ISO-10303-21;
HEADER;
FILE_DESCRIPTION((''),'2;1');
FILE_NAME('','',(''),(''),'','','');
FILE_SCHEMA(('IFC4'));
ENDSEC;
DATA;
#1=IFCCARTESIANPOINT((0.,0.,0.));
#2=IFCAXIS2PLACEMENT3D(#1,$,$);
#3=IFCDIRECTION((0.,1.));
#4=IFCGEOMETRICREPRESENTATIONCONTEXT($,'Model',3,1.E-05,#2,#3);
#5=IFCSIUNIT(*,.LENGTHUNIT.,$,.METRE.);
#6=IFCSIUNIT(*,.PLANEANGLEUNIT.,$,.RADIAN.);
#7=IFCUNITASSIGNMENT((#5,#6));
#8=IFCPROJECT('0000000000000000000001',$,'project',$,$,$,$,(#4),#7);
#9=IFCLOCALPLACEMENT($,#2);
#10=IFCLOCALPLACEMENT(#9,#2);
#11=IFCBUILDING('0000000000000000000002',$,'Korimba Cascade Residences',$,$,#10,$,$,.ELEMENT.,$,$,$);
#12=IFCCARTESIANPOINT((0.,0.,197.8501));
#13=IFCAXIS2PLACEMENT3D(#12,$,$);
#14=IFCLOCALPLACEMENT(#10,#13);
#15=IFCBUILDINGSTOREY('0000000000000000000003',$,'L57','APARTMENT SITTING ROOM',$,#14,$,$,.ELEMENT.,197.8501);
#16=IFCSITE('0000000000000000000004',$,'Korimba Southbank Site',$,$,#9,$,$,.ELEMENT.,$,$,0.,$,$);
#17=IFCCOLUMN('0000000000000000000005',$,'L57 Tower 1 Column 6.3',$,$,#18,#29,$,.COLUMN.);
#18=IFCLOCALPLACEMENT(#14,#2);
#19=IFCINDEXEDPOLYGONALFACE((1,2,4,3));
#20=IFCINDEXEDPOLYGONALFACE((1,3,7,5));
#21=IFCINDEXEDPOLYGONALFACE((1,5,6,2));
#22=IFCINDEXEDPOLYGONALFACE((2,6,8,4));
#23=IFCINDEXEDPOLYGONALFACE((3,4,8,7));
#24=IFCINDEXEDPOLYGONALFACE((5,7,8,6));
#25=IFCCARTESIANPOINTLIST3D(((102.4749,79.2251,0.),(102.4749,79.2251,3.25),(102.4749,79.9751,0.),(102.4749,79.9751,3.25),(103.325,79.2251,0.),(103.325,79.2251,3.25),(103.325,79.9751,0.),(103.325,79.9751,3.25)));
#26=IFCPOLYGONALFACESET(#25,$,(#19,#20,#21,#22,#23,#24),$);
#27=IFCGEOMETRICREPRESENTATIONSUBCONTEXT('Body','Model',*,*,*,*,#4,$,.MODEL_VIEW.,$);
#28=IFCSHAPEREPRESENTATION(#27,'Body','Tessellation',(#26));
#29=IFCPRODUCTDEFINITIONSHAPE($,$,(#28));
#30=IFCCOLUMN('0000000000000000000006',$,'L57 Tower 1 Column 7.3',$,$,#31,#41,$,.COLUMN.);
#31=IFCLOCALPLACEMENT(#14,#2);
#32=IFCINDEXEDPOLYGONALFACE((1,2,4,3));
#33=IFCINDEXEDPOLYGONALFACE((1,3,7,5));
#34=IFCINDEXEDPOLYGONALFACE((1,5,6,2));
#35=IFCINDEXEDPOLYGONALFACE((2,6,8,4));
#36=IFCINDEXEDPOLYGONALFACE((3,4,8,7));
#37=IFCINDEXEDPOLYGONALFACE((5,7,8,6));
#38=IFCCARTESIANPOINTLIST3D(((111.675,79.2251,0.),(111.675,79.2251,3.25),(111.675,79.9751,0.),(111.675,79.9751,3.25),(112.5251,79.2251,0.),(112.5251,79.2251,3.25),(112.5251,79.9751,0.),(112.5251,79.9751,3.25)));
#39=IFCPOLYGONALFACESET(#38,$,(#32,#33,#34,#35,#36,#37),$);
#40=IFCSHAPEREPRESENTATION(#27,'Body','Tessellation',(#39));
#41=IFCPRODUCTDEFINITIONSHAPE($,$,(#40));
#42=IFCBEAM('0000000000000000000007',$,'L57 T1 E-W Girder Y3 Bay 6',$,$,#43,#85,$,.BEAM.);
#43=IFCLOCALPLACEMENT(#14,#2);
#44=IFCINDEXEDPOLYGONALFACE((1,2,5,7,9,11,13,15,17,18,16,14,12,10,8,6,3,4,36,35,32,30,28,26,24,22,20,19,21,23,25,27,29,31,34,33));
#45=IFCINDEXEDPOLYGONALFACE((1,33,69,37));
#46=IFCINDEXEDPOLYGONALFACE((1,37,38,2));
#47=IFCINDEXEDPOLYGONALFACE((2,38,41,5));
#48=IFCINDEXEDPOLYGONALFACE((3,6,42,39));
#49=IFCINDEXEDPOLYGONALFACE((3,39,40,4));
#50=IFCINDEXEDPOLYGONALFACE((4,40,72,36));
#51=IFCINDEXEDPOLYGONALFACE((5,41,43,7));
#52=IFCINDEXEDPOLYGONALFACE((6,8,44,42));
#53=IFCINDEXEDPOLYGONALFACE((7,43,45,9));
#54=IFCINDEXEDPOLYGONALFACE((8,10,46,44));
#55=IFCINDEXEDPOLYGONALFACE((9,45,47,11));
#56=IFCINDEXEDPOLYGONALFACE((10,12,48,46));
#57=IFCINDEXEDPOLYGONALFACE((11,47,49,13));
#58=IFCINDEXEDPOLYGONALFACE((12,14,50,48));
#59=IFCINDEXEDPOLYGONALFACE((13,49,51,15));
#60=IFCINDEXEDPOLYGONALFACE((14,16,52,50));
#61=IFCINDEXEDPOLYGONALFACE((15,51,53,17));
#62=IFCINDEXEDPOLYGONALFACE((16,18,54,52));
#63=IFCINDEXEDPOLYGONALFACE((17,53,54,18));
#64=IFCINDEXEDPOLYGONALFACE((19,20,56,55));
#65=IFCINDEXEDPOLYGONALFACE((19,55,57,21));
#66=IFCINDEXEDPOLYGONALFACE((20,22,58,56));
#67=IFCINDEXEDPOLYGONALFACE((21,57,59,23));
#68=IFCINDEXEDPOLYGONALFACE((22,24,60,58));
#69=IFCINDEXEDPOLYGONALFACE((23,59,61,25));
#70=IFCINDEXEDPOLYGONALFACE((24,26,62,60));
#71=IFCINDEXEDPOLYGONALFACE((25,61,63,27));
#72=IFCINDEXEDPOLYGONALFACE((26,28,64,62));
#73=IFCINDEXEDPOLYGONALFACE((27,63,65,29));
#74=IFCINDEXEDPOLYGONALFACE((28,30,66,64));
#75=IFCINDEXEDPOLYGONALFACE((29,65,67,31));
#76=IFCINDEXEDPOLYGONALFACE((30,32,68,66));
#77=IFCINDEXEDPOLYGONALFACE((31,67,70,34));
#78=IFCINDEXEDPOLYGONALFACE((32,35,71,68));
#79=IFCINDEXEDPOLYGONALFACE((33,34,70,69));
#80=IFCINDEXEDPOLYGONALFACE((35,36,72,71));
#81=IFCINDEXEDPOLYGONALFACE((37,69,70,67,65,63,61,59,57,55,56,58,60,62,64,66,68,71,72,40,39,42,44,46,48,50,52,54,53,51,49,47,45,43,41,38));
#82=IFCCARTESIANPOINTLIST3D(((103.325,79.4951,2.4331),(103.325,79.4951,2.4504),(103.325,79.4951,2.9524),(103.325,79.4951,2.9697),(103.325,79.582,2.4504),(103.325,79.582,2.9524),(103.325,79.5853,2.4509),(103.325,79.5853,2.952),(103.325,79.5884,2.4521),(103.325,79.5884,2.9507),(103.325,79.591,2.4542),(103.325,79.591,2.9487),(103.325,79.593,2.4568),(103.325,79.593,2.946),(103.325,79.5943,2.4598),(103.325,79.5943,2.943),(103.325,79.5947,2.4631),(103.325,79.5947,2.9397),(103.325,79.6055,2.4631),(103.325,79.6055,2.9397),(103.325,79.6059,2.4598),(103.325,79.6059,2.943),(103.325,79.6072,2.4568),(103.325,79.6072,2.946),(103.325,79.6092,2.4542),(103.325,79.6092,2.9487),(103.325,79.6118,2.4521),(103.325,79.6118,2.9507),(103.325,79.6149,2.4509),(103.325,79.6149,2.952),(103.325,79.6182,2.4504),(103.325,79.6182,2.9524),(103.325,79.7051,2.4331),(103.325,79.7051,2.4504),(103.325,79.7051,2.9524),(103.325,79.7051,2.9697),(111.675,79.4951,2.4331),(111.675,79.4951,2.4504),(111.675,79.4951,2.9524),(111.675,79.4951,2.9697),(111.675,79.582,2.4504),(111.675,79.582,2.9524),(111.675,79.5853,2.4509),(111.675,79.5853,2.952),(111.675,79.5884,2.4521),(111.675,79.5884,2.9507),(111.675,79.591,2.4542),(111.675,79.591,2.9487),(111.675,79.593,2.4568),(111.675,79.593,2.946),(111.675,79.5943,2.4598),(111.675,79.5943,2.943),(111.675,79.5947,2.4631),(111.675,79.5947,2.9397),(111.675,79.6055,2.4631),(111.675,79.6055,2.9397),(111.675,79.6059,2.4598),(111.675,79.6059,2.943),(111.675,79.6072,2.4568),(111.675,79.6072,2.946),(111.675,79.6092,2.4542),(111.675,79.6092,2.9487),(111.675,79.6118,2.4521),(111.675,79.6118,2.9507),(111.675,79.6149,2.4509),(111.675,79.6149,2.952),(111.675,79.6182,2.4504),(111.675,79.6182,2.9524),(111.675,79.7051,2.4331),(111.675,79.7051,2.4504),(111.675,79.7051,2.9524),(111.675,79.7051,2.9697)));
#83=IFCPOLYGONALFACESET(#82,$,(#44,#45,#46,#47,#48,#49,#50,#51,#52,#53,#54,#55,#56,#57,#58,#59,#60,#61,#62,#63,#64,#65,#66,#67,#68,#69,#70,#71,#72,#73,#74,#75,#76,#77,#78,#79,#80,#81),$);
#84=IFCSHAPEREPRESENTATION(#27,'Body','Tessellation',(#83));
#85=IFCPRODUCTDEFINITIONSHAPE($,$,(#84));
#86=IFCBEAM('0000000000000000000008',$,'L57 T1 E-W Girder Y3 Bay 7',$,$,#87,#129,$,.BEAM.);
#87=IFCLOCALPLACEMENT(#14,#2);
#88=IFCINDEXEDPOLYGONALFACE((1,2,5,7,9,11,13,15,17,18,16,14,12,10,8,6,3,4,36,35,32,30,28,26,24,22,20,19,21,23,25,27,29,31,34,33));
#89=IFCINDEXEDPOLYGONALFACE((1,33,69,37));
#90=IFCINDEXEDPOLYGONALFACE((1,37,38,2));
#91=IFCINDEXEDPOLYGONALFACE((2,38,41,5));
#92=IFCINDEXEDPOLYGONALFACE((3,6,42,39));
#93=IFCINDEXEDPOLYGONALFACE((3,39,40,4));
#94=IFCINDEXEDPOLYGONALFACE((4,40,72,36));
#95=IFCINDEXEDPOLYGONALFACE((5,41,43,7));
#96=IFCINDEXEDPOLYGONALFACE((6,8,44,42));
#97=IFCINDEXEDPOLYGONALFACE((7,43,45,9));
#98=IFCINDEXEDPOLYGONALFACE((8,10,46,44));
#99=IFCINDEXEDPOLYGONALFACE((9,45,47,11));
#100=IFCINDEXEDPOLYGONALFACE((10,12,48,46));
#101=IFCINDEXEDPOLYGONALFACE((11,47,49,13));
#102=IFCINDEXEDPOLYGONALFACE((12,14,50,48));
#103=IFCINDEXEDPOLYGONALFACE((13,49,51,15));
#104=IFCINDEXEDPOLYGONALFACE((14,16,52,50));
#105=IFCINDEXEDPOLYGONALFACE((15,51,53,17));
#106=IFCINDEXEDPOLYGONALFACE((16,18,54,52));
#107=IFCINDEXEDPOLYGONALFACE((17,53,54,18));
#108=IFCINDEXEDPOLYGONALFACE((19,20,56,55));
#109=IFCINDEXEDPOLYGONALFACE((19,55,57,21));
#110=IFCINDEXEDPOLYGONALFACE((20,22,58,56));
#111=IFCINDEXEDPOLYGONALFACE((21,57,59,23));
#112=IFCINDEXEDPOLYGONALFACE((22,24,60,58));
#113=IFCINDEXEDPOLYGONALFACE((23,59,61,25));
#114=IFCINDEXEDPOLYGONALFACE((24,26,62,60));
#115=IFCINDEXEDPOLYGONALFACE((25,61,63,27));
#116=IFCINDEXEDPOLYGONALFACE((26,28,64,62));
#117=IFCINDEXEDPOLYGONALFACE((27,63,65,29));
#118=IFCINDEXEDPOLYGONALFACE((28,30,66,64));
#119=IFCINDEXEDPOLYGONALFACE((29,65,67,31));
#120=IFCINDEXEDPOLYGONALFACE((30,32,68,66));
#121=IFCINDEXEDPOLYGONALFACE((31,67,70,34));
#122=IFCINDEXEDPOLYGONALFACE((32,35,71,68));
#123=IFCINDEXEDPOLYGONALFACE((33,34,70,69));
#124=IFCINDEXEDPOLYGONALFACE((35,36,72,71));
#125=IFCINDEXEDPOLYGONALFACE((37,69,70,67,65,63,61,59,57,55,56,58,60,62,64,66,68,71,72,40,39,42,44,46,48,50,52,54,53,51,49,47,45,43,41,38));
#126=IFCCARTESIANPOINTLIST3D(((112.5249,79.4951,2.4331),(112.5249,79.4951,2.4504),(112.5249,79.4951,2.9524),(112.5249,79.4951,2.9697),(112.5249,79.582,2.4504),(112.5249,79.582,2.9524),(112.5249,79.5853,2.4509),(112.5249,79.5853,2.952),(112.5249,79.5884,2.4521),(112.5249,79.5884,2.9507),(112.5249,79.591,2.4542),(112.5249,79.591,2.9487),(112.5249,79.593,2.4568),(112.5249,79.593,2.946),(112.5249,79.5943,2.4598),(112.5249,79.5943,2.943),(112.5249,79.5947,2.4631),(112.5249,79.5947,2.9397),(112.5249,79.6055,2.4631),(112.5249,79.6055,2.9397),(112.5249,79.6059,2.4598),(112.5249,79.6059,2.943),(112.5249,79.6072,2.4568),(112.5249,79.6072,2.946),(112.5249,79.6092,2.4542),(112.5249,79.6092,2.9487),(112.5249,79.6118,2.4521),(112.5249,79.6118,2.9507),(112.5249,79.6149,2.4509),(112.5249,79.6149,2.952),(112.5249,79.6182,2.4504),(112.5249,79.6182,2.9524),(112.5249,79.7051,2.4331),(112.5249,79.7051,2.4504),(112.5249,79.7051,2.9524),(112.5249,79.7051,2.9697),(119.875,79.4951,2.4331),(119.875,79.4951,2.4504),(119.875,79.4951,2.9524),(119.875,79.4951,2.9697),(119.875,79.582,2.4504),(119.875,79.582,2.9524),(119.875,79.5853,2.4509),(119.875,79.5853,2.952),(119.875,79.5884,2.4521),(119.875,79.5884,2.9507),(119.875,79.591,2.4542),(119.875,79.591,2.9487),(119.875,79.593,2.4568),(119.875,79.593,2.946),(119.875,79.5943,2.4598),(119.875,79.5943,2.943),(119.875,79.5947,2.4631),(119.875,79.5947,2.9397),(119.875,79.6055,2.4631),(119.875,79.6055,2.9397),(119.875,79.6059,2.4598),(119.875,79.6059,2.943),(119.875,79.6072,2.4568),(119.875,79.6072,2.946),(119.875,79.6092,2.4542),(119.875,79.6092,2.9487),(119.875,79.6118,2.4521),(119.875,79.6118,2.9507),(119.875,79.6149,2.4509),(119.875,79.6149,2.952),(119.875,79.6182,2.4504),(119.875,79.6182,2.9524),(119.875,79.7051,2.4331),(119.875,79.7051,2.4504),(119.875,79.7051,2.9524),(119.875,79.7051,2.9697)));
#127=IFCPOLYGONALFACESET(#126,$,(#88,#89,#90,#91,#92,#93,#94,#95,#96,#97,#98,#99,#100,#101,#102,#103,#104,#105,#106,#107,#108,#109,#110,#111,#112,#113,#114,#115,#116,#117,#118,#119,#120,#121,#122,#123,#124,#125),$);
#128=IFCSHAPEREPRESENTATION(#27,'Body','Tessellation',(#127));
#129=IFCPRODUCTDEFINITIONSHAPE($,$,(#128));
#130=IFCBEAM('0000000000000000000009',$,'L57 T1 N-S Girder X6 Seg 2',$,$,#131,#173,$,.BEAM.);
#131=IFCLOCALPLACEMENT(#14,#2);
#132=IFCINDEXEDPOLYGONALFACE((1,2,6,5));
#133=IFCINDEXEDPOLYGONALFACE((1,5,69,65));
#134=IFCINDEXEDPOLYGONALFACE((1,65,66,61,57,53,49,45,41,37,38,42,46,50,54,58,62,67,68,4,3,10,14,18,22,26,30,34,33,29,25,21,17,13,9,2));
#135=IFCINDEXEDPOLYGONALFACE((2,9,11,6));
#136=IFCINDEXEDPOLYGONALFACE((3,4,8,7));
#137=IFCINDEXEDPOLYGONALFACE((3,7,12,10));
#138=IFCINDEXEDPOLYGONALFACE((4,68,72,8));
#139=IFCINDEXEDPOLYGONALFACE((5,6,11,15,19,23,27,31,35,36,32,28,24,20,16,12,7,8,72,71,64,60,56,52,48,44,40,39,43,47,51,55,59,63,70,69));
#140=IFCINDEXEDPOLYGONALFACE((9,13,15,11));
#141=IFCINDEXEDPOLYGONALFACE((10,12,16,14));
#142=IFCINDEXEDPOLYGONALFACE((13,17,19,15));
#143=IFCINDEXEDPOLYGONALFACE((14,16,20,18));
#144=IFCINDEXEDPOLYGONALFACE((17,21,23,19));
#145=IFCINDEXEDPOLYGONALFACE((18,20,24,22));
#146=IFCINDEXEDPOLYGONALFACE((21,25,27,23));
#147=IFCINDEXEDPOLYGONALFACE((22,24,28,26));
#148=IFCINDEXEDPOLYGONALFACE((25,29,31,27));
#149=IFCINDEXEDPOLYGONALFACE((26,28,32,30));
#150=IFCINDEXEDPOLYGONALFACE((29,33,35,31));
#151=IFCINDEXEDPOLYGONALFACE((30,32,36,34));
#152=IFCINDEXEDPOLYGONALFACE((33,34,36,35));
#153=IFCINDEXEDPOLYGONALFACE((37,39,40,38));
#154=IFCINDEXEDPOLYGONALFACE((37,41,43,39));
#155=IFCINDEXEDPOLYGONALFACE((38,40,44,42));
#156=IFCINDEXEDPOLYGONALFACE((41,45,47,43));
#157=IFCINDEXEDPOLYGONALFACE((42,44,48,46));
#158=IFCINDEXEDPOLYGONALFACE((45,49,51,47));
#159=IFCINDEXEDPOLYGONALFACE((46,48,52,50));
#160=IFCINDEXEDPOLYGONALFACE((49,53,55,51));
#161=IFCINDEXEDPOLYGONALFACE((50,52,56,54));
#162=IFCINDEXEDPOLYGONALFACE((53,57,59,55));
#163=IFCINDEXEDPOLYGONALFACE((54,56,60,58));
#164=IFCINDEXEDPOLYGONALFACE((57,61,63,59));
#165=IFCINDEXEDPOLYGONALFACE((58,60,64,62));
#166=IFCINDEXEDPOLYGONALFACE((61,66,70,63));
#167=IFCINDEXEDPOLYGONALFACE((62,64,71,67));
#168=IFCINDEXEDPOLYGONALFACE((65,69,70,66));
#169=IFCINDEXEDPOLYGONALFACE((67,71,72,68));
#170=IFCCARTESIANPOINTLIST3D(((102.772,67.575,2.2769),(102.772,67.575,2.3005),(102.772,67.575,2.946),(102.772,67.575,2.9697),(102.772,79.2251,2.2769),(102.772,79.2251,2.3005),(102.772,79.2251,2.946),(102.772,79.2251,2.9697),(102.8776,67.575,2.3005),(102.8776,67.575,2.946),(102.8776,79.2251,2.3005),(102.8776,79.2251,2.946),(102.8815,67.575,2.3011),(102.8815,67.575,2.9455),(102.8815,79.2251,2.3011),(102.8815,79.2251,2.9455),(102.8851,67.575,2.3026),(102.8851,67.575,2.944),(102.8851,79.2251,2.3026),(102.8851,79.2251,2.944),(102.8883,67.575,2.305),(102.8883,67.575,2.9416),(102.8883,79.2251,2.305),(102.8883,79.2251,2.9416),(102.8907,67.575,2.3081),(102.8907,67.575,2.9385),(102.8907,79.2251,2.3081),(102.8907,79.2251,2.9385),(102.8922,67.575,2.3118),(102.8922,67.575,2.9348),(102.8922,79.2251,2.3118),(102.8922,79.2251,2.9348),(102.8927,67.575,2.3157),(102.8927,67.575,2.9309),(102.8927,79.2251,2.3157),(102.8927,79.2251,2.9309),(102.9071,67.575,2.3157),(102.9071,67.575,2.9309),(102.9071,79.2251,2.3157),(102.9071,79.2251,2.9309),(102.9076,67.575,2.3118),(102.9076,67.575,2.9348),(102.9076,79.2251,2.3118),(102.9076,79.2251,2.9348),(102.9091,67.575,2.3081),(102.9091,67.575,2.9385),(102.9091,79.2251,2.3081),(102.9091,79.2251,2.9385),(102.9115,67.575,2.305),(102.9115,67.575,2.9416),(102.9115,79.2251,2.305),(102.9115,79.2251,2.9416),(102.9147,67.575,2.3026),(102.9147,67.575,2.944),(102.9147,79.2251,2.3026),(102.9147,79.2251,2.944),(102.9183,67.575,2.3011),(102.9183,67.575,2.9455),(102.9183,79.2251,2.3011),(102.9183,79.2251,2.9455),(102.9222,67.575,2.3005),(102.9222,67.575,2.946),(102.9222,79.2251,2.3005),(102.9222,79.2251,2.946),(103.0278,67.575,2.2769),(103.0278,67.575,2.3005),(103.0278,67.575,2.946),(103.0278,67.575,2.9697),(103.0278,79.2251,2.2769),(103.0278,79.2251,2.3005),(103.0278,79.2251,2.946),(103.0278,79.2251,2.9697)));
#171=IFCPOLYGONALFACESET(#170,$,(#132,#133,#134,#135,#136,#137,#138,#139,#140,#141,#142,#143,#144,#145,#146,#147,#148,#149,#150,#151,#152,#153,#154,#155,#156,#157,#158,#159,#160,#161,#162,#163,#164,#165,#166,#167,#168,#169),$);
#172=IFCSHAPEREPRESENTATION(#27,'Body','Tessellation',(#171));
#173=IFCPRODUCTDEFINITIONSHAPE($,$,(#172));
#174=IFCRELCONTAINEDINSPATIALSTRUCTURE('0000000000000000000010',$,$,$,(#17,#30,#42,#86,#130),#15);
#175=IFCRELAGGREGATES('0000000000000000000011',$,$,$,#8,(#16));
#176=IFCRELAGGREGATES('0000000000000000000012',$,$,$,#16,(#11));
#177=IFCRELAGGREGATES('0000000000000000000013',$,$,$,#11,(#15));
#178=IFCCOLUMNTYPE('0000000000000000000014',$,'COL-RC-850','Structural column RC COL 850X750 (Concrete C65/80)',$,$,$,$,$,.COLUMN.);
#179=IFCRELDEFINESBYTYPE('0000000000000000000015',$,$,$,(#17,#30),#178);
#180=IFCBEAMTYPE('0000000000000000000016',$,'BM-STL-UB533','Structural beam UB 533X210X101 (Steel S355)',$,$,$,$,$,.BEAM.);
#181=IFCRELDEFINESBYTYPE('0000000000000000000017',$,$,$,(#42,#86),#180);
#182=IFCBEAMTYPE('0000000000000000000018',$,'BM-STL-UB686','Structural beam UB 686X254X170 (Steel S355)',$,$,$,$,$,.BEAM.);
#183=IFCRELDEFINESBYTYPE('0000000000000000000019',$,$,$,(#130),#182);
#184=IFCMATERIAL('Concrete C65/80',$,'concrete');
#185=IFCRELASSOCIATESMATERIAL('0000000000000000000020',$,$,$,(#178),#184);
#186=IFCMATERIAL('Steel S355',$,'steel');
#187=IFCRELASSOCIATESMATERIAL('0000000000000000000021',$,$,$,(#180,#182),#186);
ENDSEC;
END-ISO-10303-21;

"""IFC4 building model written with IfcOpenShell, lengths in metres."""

from ifc_helpers import new_model, si_unit, direction, frame, origin, origin_2d, place, context, subcontext, project, spatial, rectangle, i_section, extrude, material, material_profile, profile_set, type_object, element, save


model = new_model("IFC4")

# Units and contexts
model_context = context("Model", 3, precision=1e-05, world=origin(), true_north=direction((0.0, 1.0)))
body_context = subcontext(model_context, "Body", "Model", "MODEL_VIEW")
ifc_project = project(units=[si_unit("LENGTHUNIT", "METRE"), si_unit("PLANEANGLEUNIT", "RADIAN")], contexts=[model_context])

# Site, building, storey
site_placement = place(None, origin())
site = spatial("IfcSite", under=ifc_project, at=site_placement, Name="Korimba Southbank Site", CompositionType="ELEMENT", RefElevation=0.0)
building_placement = place(site_placement, origin())
building = spatial("IfcBuilding", under=site, at=building_placement, Name="Korimba Cascade Residences", CompositionType="ELEMENT")
storey_placement = place(building_placement, frame((0.0, 0.0, 197.8501)))
storey = spatial("IfcBuildingStorey", under=building, at=storey_placement, Name="L57", Description="APARTMENT SITTING ROOM", CompositionType="ELEMENT", Elevation=197.8501)

# Columns
ifc_material_1 = material(Name="Concrete C65/80", Category="concrete")
ifc_material_profile_1 = material_profile(ifc_material_1, rectangle(XDim=0.8501, YDim=0.75, at=origin_2d()), Name="Concrete C65/80")
ifc_profile_set_1 = profile_set([ifc_material_profile_1], Name="Concrete C65/80")
column_type = type_object("IfcColumnType", Name="COL-RC-850", Description="Structural column RC COL 850X750 (Concrete C65/80)", PredefinedType="COLUMN", material=ifc_profile_set_1)
for number, where, z_axis, x_axis, name in (
    (1, (102.8999, 79.6001, 0.0), (0.0, 0.0, 1.0), (1.0, 0.0, 0.0), "L57 Tower 1 Column 6.3"),
    (2, (112.1001, 79.6001, 0.0), (0.0, 0.0, 1.0), (1.0, 0.0, 0.0), "L57 Tower 1 Column 7.3"),
):
    element("IfcColumn", number, at=place(storey_placement, frame(where, z_axis=z_axis, x_axis=x_axis)), inside=storey, type_object=column_type, Name=name, PredefinedType="COLUMN", context=body_context, shape_type="SweptSolid", body=[
        extrude(rectangle(XDim=0.8501, YDim=0.75, at=origin_2d()), origin(), (0.0, 0.0, 1.0), 3.25),
    ])

# Beams
ifc_material_2 = material(Name="Steel S355", Category="steel")
ifc_material_profile_2 = material_profile(ifc_material_2, i_section(OverallWidth=0.21, OverallDepth=0.5366, WebThickness=0.0107, FlangeThickness=0.0173, FilletRadius=0.0127, at=origin_2d()), Name="Steel S355")
ifc_profile_set_2 = profile_set([ifc_material_profile_2], Name="Steel S355")
beam_type_1 = type_object("IfcBeamType", Name="BM-STL-UB533", Description="Structural beam UB 533X210X101 (Steel S355)", PredefinedType="BEAM", material=ifc_profile_set_2)
beam_1_placement = place(storey_placement, frame((103.325, 79.6001, 2.7014), z_axis=(1.0, 0.0, 0.0), x_axis=(0.0, 1.0, 0.0)))
element("IfcBeam", 3, at=beam_1_placement, inside=storey, type_object=beam_type_1, Name="L57 T1 E-W Girder Y3 Bay 6", PredefinedType="BEAM", context=body_context, shape_type="SweptSolid", body=[
    extrude(i_section(OverallWidth=0.21, OverallDepth=0.5366, WebThickness=0.0107, FlangeThickness=0.0173, FilletRadius=0.0127, at=origin_2d()), origin(), (0.0, 0.0, 1.0), 8.3501),
])
beam_2_placement = place(storey_placement, frame((112.5249, 79.6001, 2.7014), z_axis=(1.0, 0.0, 0.0), x_axis=(0.0, 1.0, 0.0)))
element("IfcBeam", 4, at=beam_2_placement, inside=storey, type_object=beam_type_1, Name="L57 T1 E-W Girder Y3 Bay 7", PredefinedType="BEAM", context=body_context, shape_type="SweptSolid", body=[
    extrude(i_section(OverallWidth=0.21, OverallDepth=0.5366, WebThickness=0.0107, FlangeThickness=0.0173, FilletRadius=0.0127, at=origin_2d()), origin(), (0.0, 0.0, 1.0), 7.3501),
])
ifc_material_profile_3 = material_profile(ifc_material_2, i_section(OverallWidth=0.2559, OverallDepth=0.6929, WebThickness=0.0144, FlangeThickness=0.0237, FilletRadius=0.0151, at=origin_2d()), Name="Steel S355")
ifc_profile_set_3 = profile_set([ifc_material_profile_3], Name="Steel S355")
beam_type_2 = type_object("IfcBeamType", Name="BM-STL-UB686", Description="Structural beam UB 686X254X170 (Steel S355)", PredefinedType="BEAM", material=ifc_profile_set_3)
beam_3_placement = place(storey_placement, frame((102.8999, 67.575, 2.6233), z_axis=(0.0, 1.0, 0.0), x_axis=(-1.0, 0.0, 0.0)))
element("IfcBeam", 5, at=beam_3_placement, inside=storey, type_object=beam_type_2, Name="L57 T1 N-S Girder X6 Seg 2", PredefinedType="BEAM", context=body_context, shape_type="SweptSolid", body=[
    extrude(i_section(OverallWidth=0.2559, OverallDepth=0.6929, WebThickness=0.0144, FlangeThickness=0.0237, FilletRadius=0.0151, at=origin_2d()), origin(), (0.0, 0.0, 1.0), 11.6501),
])

save(model, "model.ifc")
